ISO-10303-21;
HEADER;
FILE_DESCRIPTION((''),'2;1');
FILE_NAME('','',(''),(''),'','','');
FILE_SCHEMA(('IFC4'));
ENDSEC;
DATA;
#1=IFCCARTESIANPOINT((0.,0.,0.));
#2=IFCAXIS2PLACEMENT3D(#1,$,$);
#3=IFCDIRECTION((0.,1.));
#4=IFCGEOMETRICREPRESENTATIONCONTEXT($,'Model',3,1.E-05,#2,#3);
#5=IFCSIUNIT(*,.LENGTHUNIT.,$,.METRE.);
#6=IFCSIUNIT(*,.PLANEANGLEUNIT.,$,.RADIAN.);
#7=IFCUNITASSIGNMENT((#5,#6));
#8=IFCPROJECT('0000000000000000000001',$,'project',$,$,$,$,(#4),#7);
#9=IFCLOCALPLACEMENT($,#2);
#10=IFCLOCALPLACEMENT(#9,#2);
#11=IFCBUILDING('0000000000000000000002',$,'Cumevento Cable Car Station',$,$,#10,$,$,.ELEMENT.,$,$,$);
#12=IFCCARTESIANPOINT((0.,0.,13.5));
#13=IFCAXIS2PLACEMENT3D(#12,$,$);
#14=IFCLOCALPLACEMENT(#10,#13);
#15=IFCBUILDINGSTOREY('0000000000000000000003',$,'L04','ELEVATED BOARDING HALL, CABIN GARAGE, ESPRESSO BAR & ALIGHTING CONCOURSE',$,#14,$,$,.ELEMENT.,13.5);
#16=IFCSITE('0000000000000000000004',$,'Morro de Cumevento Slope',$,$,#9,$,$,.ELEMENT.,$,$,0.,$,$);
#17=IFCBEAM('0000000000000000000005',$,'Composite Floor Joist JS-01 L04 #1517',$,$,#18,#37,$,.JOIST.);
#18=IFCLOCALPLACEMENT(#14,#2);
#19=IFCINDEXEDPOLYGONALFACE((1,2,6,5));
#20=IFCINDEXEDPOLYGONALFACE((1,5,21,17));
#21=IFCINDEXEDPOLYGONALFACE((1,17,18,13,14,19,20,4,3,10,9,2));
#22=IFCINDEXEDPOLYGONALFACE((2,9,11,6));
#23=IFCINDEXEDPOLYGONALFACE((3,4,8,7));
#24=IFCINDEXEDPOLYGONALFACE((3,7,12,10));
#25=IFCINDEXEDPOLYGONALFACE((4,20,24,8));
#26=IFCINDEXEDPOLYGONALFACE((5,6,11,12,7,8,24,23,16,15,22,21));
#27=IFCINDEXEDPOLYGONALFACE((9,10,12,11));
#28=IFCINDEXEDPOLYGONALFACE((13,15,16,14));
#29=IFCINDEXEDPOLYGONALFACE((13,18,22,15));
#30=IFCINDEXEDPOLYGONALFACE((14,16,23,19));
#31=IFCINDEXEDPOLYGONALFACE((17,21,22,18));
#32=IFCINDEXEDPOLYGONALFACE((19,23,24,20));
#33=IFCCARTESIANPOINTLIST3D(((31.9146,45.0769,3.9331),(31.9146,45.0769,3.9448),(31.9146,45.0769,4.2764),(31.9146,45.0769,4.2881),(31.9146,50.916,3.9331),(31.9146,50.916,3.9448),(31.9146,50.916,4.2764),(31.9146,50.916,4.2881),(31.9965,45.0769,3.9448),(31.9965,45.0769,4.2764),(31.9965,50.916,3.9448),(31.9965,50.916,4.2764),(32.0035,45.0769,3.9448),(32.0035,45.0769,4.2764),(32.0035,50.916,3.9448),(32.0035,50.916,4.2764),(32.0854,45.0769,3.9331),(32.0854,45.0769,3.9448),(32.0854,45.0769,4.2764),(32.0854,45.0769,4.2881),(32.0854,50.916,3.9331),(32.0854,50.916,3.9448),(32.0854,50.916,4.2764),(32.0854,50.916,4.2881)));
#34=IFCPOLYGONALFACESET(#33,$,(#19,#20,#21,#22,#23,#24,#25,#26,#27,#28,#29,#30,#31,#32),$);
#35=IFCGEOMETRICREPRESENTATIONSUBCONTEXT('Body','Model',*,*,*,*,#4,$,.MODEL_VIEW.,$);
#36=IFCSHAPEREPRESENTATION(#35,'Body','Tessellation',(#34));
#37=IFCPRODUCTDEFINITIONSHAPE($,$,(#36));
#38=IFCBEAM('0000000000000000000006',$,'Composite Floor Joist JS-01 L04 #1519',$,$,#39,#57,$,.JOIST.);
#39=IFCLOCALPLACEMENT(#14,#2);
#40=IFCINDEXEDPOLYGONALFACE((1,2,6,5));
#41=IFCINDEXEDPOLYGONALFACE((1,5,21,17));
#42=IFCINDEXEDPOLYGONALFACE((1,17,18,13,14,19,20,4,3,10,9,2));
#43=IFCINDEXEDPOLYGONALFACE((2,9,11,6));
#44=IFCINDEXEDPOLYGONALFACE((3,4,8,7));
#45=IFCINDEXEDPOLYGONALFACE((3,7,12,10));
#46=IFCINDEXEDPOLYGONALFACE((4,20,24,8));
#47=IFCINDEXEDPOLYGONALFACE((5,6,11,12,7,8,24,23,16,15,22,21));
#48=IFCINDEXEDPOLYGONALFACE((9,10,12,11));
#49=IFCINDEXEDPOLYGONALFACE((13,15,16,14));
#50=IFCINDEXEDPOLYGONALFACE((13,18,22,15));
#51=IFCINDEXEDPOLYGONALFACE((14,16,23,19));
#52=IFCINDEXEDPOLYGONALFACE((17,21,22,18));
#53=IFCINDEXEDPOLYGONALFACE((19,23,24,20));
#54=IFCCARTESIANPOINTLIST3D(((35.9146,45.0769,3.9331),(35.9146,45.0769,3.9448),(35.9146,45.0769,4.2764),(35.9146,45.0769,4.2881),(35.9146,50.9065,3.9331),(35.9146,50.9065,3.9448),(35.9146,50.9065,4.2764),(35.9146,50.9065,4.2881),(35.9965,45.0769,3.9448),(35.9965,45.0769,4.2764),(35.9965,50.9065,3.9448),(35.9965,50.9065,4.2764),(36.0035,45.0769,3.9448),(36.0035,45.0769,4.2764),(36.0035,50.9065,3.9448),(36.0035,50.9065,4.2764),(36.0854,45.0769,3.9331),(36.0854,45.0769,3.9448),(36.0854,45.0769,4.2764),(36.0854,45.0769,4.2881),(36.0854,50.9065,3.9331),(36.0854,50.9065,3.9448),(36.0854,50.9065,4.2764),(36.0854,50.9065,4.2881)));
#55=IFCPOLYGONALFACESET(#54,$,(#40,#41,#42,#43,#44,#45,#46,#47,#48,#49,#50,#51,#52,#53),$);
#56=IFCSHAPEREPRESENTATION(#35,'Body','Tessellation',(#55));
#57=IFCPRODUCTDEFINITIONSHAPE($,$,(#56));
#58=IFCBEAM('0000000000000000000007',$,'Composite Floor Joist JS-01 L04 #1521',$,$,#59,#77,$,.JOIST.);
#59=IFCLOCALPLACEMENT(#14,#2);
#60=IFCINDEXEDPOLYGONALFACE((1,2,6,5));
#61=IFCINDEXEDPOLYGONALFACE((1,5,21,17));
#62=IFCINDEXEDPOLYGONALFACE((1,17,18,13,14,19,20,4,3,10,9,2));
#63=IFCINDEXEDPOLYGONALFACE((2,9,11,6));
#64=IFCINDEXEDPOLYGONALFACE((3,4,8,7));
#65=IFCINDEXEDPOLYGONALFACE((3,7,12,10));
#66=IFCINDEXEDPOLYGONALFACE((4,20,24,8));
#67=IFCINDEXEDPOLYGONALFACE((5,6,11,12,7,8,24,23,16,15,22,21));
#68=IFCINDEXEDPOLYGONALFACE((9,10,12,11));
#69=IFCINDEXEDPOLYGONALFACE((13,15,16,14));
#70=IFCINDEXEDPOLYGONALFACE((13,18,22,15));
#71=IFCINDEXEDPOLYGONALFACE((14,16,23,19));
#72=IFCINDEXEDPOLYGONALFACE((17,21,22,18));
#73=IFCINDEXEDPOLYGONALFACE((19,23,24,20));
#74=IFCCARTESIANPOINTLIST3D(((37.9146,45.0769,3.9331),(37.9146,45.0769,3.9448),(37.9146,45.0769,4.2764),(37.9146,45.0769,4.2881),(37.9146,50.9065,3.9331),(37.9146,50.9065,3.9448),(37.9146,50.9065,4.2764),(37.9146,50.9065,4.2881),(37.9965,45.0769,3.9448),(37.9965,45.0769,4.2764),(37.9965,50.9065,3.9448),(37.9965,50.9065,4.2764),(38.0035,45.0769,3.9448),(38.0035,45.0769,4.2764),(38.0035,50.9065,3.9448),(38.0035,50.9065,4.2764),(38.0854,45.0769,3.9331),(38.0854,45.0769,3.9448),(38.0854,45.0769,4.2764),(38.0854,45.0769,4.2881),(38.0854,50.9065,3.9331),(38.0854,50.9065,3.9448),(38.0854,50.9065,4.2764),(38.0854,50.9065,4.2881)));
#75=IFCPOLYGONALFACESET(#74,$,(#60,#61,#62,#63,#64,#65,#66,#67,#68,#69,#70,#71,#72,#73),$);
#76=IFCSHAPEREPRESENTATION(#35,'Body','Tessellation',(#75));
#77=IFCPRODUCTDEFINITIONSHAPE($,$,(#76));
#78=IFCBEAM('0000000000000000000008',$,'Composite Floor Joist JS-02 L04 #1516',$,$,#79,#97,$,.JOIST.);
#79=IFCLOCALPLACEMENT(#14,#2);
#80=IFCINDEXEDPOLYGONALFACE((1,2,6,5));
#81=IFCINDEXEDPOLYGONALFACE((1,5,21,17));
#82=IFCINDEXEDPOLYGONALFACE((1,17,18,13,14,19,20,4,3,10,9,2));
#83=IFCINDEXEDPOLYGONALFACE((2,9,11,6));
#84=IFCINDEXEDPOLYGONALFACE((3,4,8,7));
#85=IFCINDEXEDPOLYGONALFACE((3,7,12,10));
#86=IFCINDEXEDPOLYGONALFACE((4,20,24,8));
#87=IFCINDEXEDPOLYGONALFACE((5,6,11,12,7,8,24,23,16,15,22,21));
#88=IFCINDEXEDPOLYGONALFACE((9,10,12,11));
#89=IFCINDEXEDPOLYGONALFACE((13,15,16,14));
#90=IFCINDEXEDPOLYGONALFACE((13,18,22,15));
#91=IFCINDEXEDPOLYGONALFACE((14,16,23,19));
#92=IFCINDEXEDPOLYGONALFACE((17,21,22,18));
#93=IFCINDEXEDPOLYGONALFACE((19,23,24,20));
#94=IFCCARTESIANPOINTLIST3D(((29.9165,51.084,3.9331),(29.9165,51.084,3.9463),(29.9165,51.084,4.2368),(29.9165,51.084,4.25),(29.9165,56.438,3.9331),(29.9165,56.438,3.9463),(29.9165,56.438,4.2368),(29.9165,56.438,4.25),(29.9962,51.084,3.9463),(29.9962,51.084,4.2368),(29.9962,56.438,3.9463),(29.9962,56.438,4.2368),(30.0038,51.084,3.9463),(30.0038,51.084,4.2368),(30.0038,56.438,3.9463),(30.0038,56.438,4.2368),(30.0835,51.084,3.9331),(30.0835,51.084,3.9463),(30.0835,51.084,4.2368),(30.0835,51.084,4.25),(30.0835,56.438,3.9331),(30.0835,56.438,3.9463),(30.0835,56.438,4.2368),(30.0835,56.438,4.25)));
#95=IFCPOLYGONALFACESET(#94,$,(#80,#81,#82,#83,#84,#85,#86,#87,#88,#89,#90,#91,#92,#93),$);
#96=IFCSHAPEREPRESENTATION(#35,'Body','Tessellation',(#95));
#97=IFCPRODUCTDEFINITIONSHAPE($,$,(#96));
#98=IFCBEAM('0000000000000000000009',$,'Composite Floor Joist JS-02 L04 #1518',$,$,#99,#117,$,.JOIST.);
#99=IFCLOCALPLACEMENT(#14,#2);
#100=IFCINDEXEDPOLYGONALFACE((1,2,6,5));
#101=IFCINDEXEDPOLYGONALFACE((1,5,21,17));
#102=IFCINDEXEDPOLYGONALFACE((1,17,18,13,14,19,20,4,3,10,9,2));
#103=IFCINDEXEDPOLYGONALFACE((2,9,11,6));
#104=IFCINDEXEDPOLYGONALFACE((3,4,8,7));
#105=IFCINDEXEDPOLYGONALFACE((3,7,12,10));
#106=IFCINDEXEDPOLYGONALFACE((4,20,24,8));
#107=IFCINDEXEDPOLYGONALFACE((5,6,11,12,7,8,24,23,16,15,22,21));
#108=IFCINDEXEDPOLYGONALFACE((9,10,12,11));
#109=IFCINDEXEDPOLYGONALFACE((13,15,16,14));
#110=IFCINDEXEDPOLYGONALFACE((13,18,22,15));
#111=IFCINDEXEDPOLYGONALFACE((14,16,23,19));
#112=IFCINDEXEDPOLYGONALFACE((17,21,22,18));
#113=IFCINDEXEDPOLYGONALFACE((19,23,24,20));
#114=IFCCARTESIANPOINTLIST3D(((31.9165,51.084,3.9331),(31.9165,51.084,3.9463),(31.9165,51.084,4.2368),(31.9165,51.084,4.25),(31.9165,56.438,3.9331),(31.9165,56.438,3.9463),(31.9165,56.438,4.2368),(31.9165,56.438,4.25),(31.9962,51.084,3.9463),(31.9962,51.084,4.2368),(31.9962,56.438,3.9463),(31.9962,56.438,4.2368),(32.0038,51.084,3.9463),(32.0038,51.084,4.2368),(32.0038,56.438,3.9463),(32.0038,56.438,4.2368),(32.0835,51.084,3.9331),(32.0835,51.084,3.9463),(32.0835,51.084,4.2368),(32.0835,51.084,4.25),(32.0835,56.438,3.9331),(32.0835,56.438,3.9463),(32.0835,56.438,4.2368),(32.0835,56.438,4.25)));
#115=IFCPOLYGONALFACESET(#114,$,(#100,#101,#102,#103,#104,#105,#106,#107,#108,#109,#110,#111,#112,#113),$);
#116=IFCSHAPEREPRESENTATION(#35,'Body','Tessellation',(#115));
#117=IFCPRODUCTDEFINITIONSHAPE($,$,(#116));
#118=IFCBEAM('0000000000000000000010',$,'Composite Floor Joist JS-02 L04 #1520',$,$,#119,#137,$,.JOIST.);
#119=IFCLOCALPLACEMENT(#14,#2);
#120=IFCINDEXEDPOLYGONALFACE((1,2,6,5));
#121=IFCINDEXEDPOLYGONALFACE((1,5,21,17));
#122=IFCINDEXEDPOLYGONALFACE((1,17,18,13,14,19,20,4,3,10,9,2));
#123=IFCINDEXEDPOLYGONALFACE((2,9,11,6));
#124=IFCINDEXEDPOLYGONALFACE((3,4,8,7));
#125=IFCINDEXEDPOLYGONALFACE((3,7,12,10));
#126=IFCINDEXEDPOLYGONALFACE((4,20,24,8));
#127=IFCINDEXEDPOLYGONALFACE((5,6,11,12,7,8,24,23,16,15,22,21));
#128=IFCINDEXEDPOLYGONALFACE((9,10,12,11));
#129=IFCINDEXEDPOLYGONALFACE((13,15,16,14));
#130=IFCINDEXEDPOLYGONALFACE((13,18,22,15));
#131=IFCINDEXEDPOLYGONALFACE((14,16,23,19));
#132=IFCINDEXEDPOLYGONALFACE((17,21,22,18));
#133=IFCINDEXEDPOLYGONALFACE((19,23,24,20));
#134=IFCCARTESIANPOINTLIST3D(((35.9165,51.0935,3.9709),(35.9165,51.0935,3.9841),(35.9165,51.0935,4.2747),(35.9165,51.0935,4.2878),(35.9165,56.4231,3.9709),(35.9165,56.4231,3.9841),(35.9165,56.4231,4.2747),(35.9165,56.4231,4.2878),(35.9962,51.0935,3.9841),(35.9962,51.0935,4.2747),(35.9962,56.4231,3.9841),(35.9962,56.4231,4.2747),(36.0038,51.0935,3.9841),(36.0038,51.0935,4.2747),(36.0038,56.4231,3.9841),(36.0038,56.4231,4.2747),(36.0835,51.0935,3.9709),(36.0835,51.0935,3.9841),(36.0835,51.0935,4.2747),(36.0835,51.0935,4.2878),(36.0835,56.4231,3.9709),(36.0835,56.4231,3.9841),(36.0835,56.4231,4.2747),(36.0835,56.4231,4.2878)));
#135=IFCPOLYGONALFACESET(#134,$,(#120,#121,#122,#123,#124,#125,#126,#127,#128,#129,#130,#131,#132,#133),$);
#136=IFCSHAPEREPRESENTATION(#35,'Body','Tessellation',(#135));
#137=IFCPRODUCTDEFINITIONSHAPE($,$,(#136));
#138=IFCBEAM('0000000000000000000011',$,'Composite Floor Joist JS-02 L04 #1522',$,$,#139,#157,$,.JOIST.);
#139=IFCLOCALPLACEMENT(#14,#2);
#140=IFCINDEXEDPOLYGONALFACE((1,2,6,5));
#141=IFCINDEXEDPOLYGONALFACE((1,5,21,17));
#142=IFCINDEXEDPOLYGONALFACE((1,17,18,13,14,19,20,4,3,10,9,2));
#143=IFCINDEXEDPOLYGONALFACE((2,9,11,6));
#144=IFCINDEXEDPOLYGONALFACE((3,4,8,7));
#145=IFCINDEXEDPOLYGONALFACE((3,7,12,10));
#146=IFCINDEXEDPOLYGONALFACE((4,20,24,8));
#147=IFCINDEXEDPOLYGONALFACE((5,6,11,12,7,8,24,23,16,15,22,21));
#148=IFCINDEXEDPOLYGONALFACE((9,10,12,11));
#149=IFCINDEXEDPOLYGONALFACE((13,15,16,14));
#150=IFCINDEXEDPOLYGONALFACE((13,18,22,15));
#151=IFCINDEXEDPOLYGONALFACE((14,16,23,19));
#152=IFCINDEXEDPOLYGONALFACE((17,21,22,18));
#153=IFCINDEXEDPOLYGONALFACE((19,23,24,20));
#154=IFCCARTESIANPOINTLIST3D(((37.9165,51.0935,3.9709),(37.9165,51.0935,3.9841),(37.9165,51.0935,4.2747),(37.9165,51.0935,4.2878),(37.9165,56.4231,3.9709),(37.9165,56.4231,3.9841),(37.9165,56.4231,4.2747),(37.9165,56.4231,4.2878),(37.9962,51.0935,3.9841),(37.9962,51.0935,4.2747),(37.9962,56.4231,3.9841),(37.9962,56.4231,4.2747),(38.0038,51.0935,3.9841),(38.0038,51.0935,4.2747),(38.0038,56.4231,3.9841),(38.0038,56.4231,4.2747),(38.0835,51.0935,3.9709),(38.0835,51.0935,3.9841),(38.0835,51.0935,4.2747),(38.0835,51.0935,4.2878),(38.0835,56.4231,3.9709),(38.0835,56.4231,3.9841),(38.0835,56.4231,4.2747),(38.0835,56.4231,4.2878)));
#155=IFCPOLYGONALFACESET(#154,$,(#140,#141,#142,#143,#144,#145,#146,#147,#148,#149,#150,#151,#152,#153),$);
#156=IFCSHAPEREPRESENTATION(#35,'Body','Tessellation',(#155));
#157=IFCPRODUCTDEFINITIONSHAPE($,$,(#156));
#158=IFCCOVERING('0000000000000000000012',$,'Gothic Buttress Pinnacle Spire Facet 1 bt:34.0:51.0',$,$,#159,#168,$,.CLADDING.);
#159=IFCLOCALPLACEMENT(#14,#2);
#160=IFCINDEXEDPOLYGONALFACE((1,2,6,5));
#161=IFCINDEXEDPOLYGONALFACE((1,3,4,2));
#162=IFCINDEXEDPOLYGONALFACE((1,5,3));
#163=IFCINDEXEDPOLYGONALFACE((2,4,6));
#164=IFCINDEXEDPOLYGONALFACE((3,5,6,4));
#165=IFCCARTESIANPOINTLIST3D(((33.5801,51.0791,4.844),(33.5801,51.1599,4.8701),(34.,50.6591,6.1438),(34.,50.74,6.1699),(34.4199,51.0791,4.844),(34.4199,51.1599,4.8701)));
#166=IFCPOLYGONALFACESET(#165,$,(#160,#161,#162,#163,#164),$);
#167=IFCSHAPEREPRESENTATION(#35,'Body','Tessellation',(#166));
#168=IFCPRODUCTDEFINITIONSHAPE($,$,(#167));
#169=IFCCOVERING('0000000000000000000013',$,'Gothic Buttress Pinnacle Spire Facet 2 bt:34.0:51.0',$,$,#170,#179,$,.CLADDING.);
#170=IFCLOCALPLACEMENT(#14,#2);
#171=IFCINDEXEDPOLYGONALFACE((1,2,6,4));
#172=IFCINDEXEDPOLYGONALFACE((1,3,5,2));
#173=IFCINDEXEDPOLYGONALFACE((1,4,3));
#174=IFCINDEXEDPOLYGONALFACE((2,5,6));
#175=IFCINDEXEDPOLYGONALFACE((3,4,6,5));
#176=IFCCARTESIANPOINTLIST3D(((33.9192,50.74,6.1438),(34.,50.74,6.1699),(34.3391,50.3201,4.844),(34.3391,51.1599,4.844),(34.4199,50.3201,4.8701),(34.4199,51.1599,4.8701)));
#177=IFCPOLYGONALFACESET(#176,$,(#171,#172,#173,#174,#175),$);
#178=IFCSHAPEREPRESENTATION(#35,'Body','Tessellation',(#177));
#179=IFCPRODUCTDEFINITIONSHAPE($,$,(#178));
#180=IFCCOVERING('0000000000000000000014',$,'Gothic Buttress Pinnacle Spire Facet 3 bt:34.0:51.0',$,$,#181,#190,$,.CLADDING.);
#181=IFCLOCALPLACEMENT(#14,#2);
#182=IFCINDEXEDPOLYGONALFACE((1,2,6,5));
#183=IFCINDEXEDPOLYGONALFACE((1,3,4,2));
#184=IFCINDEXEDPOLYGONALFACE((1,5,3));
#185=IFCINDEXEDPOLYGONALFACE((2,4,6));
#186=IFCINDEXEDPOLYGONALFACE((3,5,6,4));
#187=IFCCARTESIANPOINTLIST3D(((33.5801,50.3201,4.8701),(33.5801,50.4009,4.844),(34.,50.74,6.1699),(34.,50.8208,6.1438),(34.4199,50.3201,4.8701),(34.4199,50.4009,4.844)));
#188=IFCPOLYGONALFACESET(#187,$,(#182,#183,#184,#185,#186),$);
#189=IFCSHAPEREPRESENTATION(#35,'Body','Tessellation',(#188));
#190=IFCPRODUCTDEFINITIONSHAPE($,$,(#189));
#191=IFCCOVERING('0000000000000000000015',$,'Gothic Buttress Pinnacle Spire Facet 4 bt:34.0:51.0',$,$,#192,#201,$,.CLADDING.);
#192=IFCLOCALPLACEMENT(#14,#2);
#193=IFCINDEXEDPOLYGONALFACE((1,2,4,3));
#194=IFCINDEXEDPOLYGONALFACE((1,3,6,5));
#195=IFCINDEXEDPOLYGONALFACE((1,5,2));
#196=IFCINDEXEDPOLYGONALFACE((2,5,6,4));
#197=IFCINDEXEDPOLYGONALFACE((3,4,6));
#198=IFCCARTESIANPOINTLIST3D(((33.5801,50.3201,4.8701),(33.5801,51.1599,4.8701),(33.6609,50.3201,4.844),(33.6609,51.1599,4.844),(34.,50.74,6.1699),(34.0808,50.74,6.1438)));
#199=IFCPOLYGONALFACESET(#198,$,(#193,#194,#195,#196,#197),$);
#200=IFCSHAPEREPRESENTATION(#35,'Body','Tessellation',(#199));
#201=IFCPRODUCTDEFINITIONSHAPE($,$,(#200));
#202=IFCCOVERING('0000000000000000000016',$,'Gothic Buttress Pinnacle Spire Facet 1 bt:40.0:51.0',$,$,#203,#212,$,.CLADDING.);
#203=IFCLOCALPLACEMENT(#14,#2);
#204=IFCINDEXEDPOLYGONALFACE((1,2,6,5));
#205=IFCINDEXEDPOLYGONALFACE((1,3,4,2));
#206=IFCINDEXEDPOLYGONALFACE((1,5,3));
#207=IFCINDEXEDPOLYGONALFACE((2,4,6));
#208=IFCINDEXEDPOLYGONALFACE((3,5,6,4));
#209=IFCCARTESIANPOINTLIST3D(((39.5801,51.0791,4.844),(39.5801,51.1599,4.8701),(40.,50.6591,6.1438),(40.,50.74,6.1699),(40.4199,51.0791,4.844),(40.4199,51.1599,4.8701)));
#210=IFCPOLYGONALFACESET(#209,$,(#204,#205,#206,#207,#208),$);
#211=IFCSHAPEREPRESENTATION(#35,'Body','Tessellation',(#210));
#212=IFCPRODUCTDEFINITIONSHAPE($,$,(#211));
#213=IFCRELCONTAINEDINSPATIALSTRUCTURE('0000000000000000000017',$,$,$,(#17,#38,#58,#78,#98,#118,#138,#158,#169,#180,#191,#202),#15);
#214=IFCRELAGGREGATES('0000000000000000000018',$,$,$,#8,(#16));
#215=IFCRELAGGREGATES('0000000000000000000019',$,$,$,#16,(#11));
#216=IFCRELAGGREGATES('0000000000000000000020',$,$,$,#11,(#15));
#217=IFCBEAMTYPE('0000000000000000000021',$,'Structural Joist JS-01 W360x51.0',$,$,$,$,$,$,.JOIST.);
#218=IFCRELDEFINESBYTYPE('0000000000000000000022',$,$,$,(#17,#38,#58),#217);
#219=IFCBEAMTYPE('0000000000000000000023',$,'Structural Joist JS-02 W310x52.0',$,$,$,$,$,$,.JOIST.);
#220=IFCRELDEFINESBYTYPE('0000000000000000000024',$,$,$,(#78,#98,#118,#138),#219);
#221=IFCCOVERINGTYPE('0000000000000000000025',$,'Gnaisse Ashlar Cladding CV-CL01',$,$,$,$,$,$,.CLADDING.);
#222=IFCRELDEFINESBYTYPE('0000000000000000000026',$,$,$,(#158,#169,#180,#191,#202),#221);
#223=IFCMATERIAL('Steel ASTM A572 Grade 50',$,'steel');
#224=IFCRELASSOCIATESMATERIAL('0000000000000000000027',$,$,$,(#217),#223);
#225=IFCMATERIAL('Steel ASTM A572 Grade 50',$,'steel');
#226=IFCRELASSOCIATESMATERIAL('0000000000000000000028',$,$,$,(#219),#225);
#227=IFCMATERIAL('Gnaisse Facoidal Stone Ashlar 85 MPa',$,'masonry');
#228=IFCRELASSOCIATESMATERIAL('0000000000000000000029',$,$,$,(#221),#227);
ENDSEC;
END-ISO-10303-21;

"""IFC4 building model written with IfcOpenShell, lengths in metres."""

from ifc_helpers import new_model, si_unit, direction, frame, origin, origin_2d, place, context, subcontext, project, spatial, polyline, i_section, outline, extrude, material, material_profile, profile_set, type_object, element, save


model = new_model("IFC4")

# Units and contexts
model_context = context("Model", 3, precision=1e-05, world=origin(), true_north=direction((0.0, 1.0)))
body_context = subcontext(model_context, "Body", "Model", "MODEL_VIEW")
ifc_project = project(units=[si_unit("LENGTHUNIT", "METRE"), si_unit("PLANEANGLEUNIT", "RADIAN")], contexts=[model_context])

# Site, building, storey
site_placement = place(None, origin())
site = spatial("IfcSite", under=ifc_project, at=site_placement, Name="Morro de Cumevento Slope", CompositionType="ELEMENT", RefElevation=0.0)
building_placement = place(site_placement, origin())
building = spatial("IfcBuilding", under=site, at=building_placement, Name="Cumevento Cable Car Station", CompositionType="ELEMENT")
storey_placement = place(building_placement, frame((0.0, 0.0, 13.5)))
storey = spatial("IfcBuildingStorey", under=building, at=storey_placement, Name="L04", Description="ELEVATED BOARDING HALL, CABIN GARAGE, ESPRESSO BAR & ALIGHTING CONCOURSE", CompositionType="ELEMENT", Elevation=13.5)

# Beams
ifc_material_1 = material(Name="Steel ASTM A572 Grade 50", Category="steel")
ifc_material_profile_1 = material_profile(ifc_material_1, i_section(OverallWidth=0.1709, OverallDepth=0.355, WebThickness=0.0071, FlangeThickness=0.0117, at=origin_2d()), Name="W360x51.0")
ifc_profile_set_1 = profile_set([ifc_material_profile_1], Name="Steel ASTM A572 Grade 50")
beam_type_1 = type_object("IfcBeamType", Name="Structural Joist JS-01 W360x51.0", PredefinedType="JOIST", material=ifc_profile_set_1)
for number, where, z_axis, x_axis, name in (
    (1, (32.0, 45.0769, 4.1106), (0.0, 1.0, 0.0), (-1.0, 0.0, 0.0), "Composite Floor Joist JS-01 L04 #1517"),
):
    element("IfcBeam", number, at=place(storey_placement, frame(where, z_axis=z_axis, x_axis=x_axis)), inside=storey, type_object=beam_type_1, Name=name, PredefinedType="JOIST", context=body_context, shape_type="SweptSolid", body=[
        extrude(i_section(OverallWidth=0.1709, OverallDepth=0.355, WebThickness=0.0071, FlangeThickness=0.0117, at=origin_2d()), origin(), (0.0, 0.0, 1.0), 5.8391),
    ])
for number, where, z_axis, x_axis, name in (
    (2, (36.0, 45.0769, 4.1106), (0.0, 1.0, 0.0), (-1.0, 0.0, 0.0), "Composite Floor Joist JS-01 L04 #1519"),
    (3, (38.0, 45.0769, 4.1106), (0.0, 1.0, 0.0), (-1.0, 0.0, 0.0), "Composite Floor Joist JS-01 L04 #1521"),
):
    element("IfcBeam", number, at=place(storey_placement, frame(where, z_axis=z_axis, x_axis=x_axis)), inside=storey, type_object=beam_type_1, Name=name, PredefinedType="JOIST", context=body_context, shape_type="SweptSolid", body=[
        extrude(i_section(OverallWidth=0.1709, OverallDepth=0.355, WebThickness=0.0071, FlangeThickness=0.0117, at=origin_2d()), origin(), (0.0, 0.0, 1.0), 5.8296),
    ])
ifc_material_2 = material(Name="Steel ASTM A572 Grade 50", Category="steel")
ifc_material_profile_2 = material_profile(ifc_material_2, i_section(OverallWidth=0.167, OverallDepth=0.3169, WebThickness=0.0076, FlangeThickness=0.0132, at=origin_2d()), Name="W310x52.0")
ifc_profile_set_2 = profile_set([ifc_material_profile_2], Name="Steel ASTM A572 Grade 50")
beam_type_2 = type_object("IfcBeamType", Name="Structural Joist JS-02 W310x52.0", PredefinedType="JOIST", material=ifc_profile_set_2)
for number, where, z_axis, x_axis, name in (
    (4, (30.0, 51.084, 4.0916), (0.0, 1.0, 0.0), (-1.0, 0.0, 0.0), "Composite Floor Joist JS-02 L04 #1516"),
    (5, (32.0, 51.084, 4.0916), (0.0, 1.0, 0.0), (-1.0, 0.0, 0.0), "Composite Floor Joist JS-02 L04 #1518"),
):
    element("IfcBeam", number, at=place(storey_placement, frame(where, z_axis=z_axis, x_axis=x_axis)), inside=storey, type_object=beam_type_2, Name=name, PredefinedType="JOIST", context=body_context, shape_type="SweptSolid", body=[
        extrude(i_section(OverallWidth=0.167, OverallDepth=0.3169, WebThickness=0.0076, FlangeThickness=0.0132, at=origin_2d()), origin(), (0.0, 0.0, 1.0), 5.354),
    ])
for number, where, z_axis, x_axis, name in (
    (6, (36.0, 51.0935, 4.1294), (0.0, 1.0, 0.0), (-1.0, 0.0, 0.0), "Composite Floor Joist JS-02 L04 #1520"),
    (7, (38.0, 51.0935, 4.1294), (0.0, 1.0, 0.0), (-1.0, 0.0, 0.0), "Composite Floor Joist JS-02 L04 #1522"),
):
    element("IfcBeam", number, at=place(storey_placement, frame(where, z_axis=z_axis, x_axis=x_axis)), inside=storey, type_object=beam_type_2, Name=name, PredefinedType="JOIST", context=body_context, shape_type="SweptSolid", body=[
        extrude(i_section(OverallWidth=0.167, OverallDepth=0.3169, WebThickness=0.0076, FlangeThickness=0.0132, at=origin_2d()), origin(), (0.0, 0.0, 1.0), 5.3296),
    ])

# Coverings
ifc_material_3 = material(Name="Gnaisse Facoidal Stone Ashlar 85 MPa", Category="masonry")
covering_type = type_object("IfcCoveringType", Name="Gnaisse Ashlar Cladding CV-CL01", PredefinedType="CLADDING", material=ifc_material_3)
for number, where, z_axis, x_axis, name in (
    (8, (33.5801, 51.1599, 4.8701), (0.0, 0.951574, 0.307421), (1.0, 0.0, 0.0), "Gothic Buttress Pinnacle Spire Facet 1 bt:34.0:51.0"),
    (9, (34.4199, 51.1599, 4.8701), (0.951574, 0.0, 0.307421), (0.0, -1.0, 0.0), "Gothic Buttress Pinnacle Spire Facet 2 bt:34.0:51.0"),
    (10, (34.4199, 50.3201, 4.8701), (0.0, -0.951574, 0.307421), (-1.0, 0.0, 0.0), "Gothic Buttress Pinnacle Spire Facet 3 bt:34.0:51.0"),
    (11, (33.5801, 50.3201, 4.8701), (-0.951574, 0.0, 0.307421), (0.0, 1.0, 0.0), "Gothic Buttress Pinnacle Spire Facet 4 bt:34.0:51.0"),
    (12, (39.5801, 51.1599, 4.8701), (0.0, 0.951574, 0.307421), (1.0, 0.0, 0.0), "Gothic Buttress Pinnacle Spire Facet 1 bt:40.0:51.0"),
):
    element("IfcCovering", number, at=place(storey_placement, frame(where, z_axis=z_axis, x_axis=x_axis)), inside=storey, type_object=covering_type, Name=name, PredefinedType="CLADDING", context=body_context, shape_type="SweptSolid", body=[
        extrude(outline(polyline([(0.0, 0.0), (0.8398, 0.0), (0.4199, -1.366), (0.0, 0.0)])), origin(), (0.0, 0.0, -1.0), 0.085),
    ])

save(model, "model.ifc")
